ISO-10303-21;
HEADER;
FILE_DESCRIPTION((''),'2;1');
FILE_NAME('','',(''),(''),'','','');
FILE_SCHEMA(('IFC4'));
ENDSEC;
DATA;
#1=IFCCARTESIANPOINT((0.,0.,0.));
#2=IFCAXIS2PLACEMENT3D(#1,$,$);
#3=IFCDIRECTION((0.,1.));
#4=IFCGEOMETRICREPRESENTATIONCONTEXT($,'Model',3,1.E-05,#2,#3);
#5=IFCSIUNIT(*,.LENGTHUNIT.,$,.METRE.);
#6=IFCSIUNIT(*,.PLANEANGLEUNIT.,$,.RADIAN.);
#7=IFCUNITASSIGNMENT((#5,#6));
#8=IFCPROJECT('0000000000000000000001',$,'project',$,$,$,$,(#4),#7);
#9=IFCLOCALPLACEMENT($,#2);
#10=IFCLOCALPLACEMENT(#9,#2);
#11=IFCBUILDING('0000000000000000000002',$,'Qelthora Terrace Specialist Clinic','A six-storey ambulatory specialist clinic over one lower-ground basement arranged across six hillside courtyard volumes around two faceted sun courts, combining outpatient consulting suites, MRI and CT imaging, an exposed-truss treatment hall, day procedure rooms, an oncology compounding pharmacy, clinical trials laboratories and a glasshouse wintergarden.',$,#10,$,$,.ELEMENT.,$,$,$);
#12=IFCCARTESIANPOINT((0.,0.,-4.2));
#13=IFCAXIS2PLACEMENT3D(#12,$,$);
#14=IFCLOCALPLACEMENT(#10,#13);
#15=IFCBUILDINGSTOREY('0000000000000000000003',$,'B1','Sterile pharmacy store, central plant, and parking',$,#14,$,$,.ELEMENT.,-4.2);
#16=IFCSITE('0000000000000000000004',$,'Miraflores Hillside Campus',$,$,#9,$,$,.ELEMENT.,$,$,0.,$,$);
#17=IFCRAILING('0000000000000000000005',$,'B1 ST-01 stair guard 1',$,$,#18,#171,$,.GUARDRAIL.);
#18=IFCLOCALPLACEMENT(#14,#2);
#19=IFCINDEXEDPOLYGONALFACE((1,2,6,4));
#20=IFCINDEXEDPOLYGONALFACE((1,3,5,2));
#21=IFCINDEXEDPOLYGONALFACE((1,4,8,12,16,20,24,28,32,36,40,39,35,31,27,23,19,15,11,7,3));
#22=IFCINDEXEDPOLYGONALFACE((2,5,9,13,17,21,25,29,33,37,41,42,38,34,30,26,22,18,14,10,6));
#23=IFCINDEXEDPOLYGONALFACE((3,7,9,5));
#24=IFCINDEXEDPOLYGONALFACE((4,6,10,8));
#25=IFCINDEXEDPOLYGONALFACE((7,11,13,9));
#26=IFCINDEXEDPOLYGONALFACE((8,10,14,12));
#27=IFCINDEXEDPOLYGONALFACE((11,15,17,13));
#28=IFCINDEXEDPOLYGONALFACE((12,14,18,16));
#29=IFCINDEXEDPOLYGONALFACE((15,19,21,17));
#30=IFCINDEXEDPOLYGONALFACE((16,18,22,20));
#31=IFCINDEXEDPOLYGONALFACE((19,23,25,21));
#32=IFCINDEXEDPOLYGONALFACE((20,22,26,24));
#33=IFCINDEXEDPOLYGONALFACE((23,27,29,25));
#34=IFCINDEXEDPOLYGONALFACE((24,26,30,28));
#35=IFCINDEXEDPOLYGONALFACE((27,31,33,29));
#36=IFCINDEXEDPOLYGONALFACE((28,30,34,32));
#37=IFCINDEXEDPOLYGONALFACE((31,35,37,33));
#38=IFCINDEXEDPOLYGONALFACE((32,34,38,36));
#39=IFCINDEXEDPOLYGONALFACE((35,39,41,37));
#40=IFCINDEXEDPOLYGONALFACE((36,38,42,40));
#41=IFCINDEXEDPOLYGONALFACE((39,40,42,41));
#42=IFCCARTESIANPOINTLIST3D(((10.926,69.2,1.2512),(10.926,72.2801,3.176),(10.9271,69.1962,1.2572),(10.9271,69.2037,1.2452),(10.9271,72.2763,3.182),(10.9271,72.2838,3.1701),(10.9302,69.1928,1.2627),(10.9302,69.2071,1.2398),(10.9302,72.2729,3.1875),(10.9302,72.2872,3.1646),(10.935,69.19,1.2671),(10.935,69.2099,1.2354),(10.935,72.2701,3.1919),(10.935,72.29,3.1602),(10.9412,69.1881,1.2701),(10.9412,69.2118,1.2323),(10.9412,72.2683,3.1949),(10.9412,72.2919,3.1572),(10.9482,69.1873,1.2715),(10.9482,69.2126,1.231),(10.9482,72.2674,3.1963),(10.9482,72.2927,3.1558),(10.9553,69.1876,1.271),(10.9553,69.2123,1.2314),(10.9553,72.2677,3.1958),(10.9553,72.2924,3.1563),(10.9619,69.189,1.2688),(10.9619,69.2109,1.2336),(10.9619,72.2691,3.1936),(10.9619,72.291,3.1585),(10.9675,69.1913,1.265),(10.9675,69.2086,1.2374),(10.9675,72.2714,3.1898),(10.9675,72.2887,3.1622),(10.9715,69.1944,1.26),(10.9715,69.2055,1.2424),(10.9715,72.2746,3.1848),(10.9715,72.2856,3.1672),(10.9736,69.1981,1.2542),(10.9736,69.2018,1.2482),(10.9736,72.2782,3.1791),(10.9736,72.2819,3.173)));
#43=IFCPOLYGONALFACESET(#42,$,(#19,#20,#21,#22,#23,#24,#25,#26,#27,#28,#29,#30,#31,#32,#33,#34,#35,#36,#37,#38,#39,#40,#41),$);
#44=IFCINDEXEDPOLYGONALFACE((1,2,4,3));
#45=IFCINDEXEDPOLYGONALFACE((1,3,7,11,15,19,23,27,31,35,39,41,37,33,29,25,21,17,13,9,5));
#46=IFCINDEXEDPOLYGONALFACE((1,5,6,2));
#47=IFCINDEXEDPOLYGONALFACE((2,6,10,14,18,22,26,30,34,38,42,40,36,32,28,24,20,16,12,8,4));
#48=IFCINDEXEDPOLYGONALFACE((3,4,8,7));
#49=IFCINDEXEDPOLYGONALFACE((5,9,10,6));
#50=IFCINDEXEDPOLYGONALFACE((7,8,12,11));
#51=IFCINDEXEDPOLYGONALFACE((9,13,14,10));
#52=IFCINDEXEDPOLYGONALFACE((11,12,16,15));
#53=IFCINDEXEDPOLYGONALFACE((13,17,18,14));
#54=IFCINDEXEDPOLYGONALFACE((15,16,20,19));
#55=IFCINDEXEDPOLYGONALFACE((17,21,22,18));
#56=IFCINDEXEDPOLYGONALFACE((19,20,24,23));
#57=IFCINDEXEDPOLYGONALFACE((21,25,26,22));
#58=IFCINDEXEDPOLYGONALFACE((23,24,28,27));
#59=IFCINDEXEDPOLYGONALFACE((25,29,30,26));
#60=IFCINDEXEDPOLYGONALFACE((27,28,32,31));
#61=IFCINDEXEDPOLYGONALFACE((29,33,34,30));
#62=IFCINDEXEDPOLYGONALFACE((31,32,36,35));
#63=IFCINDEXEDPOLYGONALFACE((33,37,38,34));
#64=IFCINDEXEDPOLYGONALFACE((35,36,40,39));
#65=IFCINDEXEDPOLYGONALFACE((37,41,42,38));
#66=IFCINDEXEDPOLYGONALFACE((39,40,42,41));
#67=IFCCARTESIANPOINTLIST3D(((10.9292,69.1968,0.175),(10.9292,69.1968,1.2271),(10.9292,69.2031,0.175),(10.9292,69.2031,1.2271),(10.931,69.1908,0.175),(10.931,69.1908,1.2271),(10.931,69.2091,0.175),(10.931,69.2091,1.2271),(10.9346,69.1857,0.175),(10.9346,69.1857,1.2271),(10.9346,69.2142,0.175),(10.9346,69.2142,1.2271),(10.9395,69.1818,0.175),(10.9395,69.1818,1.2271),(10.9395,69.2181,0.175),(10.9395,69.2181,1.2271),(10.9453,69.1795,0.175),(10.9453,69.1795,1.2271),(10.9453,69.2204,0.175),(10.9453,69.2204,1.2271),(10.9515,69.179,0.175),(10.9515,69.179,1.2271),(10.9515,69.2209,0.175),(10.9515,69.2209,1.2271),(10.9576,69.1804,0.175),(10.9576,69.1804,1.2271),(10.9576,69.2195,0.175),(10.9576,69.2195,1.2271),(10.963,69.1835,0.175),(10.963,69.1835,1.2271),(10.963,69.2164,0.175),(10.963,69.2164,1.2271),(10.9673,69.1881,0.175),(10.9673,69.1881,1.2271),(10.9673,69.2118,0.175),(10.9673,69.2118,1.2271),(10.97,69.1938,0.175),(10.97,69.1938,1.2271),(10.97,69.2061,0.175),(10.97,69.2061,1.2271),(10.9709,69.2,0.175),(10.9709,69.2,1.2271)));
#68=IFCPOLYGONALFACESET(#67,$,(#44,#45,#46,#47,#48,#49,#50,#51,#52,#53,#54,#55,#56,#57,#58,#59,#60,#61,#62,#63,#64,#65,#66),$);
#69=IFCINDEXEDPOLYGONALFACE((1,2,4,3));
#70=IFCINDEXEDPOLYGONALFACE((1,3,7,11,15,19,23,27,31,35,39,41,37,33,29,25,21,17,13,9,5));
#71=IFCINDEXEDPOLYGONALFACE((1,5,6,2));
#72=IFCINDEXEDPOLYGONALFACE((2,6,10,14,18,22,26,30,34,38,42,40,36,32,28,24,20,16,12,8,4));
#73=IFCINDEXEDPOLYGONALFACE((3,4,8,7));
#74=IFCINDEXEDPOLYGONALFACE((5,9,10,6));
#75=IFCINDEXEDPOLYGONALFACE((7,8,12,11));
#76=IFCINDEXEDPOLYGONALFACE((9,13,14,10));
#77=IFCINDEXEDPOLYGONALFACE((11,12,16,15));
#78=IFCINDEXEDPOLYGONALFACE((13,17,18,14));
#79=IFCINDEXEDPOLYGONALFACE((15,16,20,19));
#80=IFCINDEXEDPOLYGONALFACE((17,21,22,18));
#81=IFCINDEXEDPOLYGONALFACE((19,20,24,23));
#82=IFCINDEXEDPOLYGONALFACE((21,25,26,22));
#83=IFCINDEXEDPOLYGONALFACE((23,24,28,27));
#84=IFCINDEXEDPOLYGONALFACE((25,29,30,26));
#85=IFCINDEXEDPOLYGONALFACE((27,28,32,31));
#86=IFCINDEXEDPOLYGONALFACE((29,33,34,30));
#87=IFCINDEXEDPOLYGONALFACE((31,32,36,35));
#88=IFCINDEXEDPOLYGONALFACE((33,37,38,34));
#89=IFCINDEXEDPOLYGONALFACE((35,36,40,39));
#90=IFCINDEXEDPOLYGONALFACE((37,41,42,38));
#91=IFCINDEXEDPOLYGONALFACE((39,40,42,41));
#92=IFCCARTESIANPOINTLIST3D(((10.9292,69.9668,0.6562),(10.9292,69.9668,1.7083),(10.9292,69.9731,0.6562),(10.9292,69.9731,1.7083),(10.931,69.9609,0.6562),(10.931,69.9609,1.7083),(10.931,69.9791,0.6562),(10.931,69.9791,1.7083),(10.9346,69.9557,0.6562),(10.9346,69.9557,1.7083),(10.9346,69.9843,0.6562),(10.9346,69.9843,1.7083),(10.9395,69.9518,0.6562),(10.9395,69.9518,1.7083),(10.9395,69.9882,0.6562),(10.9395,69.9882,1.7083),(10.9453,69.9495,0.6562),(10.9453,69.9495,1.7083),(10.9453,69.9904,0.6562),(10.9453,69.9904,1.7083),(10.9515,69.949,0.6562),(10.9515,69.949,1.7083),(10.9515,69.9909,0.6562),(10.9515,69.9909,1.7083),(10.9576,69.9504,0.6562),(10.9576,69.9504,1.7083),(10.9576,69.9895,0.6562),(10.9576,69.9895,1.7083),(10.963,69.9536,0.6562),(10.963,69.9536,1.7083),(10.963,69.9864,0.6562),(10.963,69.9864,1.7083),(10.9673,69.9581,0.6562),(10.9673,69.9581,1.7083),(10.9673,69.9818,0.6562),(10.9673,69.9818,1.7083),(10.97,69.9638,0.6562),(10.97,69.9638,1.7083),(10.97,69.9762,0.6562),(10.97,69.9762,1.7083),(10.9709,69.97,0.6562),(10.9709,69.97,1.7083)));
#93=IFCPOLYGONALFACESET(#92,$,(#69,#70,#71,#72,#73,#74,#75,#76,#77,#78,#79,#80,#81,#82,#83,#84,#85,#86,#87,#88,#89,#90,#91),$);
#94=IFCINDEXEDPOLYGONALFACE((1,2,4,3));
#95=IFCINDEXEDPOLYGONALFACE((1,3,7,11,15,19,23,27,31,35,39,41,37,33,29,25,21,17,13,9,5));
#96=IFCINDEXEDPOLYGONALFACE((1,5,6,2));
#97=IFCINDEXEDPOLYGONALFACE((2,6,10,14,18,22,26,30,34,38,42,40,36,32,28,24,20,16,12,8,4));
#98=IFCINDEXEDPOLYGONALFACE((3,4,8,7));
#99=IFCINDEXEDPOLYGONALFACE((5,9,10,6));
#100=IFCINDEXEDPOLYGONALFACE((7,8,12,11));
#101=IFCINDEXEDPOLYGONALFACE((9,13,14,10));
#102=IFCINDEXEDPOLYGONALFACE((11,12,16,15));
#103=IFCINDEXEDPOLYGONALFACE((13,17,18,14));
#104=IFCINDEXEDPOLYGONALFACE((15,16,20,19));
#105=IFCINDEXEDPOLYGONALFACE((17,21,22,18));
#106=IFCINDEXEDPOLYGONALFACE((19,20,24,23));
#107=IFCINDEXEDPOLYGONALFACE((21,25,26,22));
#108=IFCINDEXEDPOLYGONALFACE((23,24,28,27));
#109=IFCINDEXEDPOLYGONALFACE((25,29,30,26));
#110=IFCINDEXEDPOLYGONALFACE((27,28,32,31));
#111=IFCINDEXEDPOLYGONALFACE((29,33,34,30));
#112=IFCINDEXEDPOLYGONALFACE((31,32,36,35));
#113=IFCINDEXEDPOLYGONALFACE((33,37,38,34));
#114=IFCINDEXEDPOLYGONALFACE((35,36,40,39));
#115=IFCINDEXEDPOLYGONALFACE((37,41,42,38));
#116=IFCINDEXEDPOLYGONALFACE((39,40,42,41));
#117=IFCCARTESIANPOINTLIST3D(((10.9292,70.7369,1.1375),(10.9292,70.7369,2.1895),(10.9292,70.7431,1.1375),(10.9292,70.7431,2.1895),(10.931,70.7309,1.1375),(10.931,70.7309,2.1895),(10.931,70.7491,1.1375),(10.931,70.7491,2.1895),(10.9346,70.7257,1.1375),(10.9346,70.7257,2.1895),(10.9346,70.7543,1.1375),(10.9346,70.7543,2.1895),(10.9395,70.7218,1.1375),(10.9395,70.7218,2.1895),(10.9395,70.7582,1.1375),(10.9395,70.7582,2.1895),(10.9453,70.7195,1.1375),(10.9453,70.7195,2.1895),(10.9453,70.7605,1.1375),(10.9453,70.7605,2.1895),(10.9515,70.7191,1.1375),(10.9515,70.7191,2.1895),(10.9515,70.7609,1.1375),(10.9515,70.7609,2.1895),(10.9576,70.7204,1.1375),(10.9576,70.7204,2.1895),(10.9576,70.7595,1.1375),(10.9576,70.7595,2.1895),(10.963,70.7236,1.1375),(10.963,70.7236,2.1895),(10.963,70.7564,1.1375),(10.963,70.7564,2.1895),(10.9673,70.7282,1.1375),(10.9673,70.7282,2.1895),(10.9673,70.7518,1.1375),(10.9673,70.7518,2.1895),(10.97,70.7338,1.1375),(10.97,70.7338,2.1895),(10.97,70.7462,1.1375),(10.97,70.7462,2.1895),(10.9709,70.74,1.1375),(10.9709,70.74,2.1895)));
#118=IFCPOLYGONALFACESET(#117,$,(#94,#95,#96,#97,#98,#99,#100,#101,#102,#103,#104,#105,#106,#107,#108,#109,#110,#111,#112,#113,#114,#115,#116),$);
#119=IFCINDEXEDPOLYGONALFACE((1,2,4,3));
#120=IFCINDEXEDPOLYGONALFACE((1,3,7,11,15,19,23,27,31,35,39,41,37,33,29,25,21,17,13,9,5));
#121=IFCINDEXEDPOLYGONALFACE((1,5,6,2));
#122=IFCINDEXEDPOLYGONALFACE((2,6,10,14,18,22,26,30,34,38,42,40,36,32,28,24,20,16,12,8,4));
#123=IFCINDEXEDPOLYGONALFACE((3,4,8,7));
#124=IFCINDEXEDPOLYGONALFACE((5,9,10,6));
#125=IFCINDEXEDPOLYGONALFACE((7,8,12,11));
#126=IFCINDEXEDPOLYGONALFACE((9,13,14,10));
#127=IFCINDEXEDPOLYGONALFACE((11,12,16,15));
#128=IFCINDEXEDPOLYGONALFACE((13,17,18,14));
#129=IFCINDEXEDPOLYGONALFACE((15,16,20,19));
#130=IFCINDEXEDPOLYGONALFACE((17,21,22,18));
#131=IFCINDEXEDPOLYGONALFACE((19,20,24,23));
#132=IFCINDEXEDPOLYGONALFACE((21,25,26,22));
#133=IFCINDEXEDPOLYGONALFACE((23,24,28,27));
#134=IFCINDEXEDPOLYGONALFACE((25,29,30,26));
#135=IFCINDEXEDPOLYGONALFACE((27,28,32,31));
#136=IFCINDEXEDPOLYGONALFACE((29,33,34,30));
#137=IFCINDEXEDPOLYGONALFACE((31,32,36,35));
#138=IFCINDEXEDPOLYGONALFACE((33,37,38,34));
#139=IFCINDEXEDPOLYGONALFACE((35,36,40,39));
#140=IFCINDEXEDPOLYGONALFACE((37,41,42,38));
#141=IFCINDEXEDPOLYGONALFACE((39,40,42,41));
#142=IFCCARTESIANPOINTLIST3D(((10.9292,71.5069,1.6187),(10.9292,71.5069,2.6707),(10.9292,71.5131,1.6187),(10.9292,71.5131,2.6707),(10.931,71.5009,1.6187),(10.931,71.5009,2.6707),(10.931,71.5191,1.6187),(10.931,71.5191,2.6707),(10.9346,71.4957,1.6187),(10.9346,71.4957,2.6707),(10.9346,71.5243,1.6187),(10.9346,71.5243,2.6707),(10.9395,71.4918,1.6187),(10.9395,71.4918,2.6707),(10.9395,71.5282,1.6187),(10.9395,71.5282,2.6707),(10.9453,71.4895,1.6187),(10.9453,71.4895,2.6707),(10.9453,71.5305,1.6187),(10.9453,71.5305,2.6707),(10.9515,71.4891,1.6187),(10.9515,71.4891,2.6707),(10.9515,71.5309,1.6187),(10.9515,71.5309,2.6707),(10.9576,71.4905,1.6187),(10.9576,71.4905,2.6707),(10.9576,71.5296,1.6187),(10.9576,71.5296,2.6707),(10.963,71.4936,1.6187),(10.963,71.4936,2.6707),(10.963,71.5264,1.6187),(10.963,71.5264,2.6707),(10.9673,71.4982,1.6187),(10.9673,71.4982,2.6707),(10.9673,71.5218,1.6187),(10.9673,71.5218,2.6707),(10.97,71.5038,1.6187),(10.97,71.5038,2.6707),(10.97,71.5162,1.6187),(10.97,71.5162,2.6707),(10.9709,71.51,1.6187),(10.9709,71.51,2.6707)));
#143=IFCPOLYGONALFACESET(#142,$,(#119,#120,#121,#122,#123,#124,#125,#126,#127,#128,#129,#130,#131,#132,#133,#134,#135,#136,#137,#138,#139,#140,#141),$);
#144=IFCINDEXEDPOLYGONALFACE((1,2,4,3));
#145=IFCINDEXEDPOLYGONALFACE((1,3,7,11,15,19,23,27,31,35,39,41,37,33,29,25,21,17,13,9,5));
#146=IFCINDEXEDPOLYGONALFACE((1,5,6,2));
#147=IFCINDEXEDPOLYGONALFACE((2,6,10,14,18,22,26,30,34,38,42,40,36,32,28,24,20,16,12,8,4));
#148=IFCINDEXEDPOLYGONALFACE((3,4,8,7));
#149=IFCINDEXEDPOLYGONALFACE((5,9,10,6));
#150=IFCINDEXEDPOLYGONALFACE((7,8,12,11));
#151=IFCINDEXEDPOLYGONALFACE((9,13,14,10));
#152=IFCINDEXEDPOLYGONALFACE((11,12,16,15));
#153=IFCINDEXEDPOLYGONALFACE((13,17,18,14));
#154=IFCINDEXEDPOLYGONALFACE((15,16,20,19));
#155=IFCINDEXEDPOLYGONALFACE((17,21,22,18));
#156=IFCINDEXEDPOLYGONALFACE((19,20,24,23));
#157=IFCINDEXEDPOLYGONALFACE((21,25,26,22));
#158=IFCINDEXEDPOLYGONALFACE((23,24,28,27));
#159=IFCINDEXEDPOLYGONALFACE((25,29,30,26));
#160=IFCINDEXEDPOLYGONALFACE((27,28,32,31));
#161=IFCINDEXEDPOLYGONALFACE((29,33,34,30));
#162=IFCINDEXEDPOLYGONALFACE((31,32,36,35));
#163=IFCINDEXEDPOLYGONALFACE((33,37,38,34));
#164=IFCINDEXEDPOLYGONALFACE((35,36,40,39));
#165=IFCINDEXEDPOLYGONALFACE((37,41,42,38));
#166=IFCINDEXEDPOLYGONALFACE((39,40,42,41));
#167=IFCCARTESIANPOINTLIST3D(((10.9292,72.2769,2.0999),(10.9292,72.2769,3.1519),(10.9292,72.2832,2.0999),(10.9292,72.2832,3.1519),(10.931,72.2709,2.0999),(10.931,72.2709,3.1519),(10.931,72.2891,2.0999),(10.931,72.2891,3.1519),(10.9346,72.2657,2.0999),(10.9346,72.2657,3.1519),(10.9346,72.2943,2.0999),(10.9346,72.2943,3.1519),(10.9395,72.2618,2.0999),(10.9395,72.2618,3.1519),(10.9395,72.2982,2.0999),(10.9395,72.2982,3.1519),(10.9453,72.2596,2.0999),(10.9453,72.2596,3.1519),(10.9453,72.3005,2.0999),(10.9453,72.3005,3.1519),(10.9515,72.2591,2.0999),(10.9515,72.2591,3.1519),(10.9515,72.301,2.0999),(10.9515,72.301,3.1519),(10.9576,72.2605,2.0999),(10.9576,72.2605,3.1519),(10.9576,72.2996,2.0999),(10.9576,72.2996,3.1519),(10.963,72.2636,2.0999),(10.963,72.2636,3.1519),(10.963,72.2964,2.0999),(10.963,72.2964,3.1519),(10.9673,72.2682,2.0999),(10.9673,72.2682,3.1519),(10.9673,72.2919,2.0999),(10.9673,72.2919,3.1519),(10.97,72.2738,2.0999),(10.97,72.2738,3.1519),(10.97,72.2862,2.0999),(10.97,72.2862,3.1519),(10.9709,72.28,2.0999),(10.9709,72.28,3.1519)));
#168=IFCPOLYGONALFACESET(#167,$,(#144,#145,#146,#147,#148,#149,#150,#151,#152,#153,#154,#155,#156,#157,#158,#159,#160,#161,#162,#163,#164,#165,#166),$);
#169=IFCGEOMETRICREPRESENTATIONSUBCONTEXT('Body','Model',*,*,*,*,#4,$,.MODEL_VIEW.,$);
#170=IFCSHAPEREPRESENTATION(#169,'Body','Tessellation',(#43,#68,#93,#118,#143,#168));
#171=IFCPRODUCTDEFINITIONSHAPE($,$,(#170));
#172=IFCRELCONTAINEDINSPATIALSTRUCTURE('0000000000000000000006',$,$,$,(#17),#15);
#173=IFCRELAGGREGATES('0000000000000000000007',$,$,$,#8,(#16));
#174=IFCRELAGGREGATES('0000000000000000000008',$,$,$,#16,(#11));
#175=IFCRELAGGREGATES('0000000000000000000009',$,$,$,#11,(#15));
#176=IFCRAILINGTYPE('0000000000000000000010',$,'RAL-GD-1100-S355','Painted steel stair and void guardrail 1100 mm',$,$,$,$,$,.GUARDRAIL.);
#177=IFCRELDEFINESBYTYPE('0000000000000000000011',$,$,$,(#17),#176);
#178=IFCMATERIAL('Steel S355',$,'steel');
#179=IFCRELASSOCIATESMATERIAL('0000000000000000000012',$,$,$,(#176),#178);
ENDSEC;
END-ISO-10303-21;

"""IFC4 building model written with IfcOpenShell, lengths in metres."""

from ifc_helpers import new_model, si_unit, direction, frame, origin, origin_2d, place, context, subcontext, project, spatial, circle, extrude, material, type_object, element, save


model = new_model("IFC4")

# Units and contexts
model_context = context("Model", 3, precision=1e-05, world=origin(), true_north=direction((0.0, 1.0)))
body_context = subcontext(model_context, "Body", "Model", "MODEL_VIEW")
ifc_project = project(units=[si_unit("LENGTHUNIT", "METRE"), si_unit("PLANEANGLEUNIT", "RADIAN")], contexts=[model_context])

# Site, building, storey
site_placement = place(None, origin())
site = spatial("IfcSite", under=ifc_project, at=site_placement, Name="Miraflores Hillside Campus", CompositionType="ELEMENT", RefElevation=0.0)
building_placement = place(site_placement, origin())
building = spatial("IfcBuilding", under=site, at=building_placement, Name="Qelthora Terrace Specialist Clinic", Description="A six-storey ambulatory specialist clinic over one lower-ground basement arranged across six hillside courtyard volumes around two faceted sun courts, combining outpatient consulting suites, MRI and CT imaging, an exposed-truss treatment hall, day procedure rooms, an oncology compounding pharmacy, clinical trials laboratories and a glasshouse wintergarden.", CompositionType="ELEMENT")
storey_placement = place(building_placement, frame((0.0, 0.0, -4.2)))
storey = spatial("IfcBuildingStorey", under=building, at=storey_placement, Name="B1", Description="Sterile pharmacy store, central plant, and parking", CompositionType="ELEMENT", Elevation=-4.2)

# Shared definitions
ifc_material_1 = material(Name="Steel S355", Category="steel")

# Railing
railing_type_1 = type_object("IfcRailingType", Name="RAL-GD-1100-S355", Description="Painted steel stair and void guardrail 1100 mm", PredefinedType="GUARDRAIL", material=ifc_material_1)
railing_1_placement = place(storey_placement, frame((10.95, 69.2, 0.175)))
element("IfcRailing", 1, at=railing_1_placement, inside=storey, type_object=railing_type_1, Name="B1 ST-01 stair guard 1", PredefinedType="GUARDRAIL", context=body_context, shape_type="SweptSolid", body=[
    extrude(circle(Radius=0.0239, at=origin_2d()), frame((0.0, 0.0, 1.0762), z_axis=(0.0, 0.848029, 0.529951), x_axis=(-1.0, 0.0, 0.0)), (0.0, 0.0, 1.0), 3.6321),
    extrude(circle(Radius=0.021, at=origin_2d()), origin(), (0.0, 0.0, 1.0), 1.052),
    extrude(circle(Radius=0.021, at=origin_2d()), frame((0.0, 0.77, 0.4812)), (0.0, 0.0, 1.0), 1.052),
    extrude(circle(Radius=0.021, at=origin_2d()), frame((0.0, 1.54, 0.9624)), (0.0, 0.0, 1.0), 1.052),
    extrude(circle(Radius=0.021, at=origin_2d()), frame((0.0, 2.3101, 1.4436)), (0.0, 0.0, 1.0), 1.052),
    extrude(circle(Radius=0.021, at=origin_2d()), frame((0.0, 3.0801, 1.9248)), (0.0, 0.0, 1.0), 1.052),
])

save(model, "model.ifc")
